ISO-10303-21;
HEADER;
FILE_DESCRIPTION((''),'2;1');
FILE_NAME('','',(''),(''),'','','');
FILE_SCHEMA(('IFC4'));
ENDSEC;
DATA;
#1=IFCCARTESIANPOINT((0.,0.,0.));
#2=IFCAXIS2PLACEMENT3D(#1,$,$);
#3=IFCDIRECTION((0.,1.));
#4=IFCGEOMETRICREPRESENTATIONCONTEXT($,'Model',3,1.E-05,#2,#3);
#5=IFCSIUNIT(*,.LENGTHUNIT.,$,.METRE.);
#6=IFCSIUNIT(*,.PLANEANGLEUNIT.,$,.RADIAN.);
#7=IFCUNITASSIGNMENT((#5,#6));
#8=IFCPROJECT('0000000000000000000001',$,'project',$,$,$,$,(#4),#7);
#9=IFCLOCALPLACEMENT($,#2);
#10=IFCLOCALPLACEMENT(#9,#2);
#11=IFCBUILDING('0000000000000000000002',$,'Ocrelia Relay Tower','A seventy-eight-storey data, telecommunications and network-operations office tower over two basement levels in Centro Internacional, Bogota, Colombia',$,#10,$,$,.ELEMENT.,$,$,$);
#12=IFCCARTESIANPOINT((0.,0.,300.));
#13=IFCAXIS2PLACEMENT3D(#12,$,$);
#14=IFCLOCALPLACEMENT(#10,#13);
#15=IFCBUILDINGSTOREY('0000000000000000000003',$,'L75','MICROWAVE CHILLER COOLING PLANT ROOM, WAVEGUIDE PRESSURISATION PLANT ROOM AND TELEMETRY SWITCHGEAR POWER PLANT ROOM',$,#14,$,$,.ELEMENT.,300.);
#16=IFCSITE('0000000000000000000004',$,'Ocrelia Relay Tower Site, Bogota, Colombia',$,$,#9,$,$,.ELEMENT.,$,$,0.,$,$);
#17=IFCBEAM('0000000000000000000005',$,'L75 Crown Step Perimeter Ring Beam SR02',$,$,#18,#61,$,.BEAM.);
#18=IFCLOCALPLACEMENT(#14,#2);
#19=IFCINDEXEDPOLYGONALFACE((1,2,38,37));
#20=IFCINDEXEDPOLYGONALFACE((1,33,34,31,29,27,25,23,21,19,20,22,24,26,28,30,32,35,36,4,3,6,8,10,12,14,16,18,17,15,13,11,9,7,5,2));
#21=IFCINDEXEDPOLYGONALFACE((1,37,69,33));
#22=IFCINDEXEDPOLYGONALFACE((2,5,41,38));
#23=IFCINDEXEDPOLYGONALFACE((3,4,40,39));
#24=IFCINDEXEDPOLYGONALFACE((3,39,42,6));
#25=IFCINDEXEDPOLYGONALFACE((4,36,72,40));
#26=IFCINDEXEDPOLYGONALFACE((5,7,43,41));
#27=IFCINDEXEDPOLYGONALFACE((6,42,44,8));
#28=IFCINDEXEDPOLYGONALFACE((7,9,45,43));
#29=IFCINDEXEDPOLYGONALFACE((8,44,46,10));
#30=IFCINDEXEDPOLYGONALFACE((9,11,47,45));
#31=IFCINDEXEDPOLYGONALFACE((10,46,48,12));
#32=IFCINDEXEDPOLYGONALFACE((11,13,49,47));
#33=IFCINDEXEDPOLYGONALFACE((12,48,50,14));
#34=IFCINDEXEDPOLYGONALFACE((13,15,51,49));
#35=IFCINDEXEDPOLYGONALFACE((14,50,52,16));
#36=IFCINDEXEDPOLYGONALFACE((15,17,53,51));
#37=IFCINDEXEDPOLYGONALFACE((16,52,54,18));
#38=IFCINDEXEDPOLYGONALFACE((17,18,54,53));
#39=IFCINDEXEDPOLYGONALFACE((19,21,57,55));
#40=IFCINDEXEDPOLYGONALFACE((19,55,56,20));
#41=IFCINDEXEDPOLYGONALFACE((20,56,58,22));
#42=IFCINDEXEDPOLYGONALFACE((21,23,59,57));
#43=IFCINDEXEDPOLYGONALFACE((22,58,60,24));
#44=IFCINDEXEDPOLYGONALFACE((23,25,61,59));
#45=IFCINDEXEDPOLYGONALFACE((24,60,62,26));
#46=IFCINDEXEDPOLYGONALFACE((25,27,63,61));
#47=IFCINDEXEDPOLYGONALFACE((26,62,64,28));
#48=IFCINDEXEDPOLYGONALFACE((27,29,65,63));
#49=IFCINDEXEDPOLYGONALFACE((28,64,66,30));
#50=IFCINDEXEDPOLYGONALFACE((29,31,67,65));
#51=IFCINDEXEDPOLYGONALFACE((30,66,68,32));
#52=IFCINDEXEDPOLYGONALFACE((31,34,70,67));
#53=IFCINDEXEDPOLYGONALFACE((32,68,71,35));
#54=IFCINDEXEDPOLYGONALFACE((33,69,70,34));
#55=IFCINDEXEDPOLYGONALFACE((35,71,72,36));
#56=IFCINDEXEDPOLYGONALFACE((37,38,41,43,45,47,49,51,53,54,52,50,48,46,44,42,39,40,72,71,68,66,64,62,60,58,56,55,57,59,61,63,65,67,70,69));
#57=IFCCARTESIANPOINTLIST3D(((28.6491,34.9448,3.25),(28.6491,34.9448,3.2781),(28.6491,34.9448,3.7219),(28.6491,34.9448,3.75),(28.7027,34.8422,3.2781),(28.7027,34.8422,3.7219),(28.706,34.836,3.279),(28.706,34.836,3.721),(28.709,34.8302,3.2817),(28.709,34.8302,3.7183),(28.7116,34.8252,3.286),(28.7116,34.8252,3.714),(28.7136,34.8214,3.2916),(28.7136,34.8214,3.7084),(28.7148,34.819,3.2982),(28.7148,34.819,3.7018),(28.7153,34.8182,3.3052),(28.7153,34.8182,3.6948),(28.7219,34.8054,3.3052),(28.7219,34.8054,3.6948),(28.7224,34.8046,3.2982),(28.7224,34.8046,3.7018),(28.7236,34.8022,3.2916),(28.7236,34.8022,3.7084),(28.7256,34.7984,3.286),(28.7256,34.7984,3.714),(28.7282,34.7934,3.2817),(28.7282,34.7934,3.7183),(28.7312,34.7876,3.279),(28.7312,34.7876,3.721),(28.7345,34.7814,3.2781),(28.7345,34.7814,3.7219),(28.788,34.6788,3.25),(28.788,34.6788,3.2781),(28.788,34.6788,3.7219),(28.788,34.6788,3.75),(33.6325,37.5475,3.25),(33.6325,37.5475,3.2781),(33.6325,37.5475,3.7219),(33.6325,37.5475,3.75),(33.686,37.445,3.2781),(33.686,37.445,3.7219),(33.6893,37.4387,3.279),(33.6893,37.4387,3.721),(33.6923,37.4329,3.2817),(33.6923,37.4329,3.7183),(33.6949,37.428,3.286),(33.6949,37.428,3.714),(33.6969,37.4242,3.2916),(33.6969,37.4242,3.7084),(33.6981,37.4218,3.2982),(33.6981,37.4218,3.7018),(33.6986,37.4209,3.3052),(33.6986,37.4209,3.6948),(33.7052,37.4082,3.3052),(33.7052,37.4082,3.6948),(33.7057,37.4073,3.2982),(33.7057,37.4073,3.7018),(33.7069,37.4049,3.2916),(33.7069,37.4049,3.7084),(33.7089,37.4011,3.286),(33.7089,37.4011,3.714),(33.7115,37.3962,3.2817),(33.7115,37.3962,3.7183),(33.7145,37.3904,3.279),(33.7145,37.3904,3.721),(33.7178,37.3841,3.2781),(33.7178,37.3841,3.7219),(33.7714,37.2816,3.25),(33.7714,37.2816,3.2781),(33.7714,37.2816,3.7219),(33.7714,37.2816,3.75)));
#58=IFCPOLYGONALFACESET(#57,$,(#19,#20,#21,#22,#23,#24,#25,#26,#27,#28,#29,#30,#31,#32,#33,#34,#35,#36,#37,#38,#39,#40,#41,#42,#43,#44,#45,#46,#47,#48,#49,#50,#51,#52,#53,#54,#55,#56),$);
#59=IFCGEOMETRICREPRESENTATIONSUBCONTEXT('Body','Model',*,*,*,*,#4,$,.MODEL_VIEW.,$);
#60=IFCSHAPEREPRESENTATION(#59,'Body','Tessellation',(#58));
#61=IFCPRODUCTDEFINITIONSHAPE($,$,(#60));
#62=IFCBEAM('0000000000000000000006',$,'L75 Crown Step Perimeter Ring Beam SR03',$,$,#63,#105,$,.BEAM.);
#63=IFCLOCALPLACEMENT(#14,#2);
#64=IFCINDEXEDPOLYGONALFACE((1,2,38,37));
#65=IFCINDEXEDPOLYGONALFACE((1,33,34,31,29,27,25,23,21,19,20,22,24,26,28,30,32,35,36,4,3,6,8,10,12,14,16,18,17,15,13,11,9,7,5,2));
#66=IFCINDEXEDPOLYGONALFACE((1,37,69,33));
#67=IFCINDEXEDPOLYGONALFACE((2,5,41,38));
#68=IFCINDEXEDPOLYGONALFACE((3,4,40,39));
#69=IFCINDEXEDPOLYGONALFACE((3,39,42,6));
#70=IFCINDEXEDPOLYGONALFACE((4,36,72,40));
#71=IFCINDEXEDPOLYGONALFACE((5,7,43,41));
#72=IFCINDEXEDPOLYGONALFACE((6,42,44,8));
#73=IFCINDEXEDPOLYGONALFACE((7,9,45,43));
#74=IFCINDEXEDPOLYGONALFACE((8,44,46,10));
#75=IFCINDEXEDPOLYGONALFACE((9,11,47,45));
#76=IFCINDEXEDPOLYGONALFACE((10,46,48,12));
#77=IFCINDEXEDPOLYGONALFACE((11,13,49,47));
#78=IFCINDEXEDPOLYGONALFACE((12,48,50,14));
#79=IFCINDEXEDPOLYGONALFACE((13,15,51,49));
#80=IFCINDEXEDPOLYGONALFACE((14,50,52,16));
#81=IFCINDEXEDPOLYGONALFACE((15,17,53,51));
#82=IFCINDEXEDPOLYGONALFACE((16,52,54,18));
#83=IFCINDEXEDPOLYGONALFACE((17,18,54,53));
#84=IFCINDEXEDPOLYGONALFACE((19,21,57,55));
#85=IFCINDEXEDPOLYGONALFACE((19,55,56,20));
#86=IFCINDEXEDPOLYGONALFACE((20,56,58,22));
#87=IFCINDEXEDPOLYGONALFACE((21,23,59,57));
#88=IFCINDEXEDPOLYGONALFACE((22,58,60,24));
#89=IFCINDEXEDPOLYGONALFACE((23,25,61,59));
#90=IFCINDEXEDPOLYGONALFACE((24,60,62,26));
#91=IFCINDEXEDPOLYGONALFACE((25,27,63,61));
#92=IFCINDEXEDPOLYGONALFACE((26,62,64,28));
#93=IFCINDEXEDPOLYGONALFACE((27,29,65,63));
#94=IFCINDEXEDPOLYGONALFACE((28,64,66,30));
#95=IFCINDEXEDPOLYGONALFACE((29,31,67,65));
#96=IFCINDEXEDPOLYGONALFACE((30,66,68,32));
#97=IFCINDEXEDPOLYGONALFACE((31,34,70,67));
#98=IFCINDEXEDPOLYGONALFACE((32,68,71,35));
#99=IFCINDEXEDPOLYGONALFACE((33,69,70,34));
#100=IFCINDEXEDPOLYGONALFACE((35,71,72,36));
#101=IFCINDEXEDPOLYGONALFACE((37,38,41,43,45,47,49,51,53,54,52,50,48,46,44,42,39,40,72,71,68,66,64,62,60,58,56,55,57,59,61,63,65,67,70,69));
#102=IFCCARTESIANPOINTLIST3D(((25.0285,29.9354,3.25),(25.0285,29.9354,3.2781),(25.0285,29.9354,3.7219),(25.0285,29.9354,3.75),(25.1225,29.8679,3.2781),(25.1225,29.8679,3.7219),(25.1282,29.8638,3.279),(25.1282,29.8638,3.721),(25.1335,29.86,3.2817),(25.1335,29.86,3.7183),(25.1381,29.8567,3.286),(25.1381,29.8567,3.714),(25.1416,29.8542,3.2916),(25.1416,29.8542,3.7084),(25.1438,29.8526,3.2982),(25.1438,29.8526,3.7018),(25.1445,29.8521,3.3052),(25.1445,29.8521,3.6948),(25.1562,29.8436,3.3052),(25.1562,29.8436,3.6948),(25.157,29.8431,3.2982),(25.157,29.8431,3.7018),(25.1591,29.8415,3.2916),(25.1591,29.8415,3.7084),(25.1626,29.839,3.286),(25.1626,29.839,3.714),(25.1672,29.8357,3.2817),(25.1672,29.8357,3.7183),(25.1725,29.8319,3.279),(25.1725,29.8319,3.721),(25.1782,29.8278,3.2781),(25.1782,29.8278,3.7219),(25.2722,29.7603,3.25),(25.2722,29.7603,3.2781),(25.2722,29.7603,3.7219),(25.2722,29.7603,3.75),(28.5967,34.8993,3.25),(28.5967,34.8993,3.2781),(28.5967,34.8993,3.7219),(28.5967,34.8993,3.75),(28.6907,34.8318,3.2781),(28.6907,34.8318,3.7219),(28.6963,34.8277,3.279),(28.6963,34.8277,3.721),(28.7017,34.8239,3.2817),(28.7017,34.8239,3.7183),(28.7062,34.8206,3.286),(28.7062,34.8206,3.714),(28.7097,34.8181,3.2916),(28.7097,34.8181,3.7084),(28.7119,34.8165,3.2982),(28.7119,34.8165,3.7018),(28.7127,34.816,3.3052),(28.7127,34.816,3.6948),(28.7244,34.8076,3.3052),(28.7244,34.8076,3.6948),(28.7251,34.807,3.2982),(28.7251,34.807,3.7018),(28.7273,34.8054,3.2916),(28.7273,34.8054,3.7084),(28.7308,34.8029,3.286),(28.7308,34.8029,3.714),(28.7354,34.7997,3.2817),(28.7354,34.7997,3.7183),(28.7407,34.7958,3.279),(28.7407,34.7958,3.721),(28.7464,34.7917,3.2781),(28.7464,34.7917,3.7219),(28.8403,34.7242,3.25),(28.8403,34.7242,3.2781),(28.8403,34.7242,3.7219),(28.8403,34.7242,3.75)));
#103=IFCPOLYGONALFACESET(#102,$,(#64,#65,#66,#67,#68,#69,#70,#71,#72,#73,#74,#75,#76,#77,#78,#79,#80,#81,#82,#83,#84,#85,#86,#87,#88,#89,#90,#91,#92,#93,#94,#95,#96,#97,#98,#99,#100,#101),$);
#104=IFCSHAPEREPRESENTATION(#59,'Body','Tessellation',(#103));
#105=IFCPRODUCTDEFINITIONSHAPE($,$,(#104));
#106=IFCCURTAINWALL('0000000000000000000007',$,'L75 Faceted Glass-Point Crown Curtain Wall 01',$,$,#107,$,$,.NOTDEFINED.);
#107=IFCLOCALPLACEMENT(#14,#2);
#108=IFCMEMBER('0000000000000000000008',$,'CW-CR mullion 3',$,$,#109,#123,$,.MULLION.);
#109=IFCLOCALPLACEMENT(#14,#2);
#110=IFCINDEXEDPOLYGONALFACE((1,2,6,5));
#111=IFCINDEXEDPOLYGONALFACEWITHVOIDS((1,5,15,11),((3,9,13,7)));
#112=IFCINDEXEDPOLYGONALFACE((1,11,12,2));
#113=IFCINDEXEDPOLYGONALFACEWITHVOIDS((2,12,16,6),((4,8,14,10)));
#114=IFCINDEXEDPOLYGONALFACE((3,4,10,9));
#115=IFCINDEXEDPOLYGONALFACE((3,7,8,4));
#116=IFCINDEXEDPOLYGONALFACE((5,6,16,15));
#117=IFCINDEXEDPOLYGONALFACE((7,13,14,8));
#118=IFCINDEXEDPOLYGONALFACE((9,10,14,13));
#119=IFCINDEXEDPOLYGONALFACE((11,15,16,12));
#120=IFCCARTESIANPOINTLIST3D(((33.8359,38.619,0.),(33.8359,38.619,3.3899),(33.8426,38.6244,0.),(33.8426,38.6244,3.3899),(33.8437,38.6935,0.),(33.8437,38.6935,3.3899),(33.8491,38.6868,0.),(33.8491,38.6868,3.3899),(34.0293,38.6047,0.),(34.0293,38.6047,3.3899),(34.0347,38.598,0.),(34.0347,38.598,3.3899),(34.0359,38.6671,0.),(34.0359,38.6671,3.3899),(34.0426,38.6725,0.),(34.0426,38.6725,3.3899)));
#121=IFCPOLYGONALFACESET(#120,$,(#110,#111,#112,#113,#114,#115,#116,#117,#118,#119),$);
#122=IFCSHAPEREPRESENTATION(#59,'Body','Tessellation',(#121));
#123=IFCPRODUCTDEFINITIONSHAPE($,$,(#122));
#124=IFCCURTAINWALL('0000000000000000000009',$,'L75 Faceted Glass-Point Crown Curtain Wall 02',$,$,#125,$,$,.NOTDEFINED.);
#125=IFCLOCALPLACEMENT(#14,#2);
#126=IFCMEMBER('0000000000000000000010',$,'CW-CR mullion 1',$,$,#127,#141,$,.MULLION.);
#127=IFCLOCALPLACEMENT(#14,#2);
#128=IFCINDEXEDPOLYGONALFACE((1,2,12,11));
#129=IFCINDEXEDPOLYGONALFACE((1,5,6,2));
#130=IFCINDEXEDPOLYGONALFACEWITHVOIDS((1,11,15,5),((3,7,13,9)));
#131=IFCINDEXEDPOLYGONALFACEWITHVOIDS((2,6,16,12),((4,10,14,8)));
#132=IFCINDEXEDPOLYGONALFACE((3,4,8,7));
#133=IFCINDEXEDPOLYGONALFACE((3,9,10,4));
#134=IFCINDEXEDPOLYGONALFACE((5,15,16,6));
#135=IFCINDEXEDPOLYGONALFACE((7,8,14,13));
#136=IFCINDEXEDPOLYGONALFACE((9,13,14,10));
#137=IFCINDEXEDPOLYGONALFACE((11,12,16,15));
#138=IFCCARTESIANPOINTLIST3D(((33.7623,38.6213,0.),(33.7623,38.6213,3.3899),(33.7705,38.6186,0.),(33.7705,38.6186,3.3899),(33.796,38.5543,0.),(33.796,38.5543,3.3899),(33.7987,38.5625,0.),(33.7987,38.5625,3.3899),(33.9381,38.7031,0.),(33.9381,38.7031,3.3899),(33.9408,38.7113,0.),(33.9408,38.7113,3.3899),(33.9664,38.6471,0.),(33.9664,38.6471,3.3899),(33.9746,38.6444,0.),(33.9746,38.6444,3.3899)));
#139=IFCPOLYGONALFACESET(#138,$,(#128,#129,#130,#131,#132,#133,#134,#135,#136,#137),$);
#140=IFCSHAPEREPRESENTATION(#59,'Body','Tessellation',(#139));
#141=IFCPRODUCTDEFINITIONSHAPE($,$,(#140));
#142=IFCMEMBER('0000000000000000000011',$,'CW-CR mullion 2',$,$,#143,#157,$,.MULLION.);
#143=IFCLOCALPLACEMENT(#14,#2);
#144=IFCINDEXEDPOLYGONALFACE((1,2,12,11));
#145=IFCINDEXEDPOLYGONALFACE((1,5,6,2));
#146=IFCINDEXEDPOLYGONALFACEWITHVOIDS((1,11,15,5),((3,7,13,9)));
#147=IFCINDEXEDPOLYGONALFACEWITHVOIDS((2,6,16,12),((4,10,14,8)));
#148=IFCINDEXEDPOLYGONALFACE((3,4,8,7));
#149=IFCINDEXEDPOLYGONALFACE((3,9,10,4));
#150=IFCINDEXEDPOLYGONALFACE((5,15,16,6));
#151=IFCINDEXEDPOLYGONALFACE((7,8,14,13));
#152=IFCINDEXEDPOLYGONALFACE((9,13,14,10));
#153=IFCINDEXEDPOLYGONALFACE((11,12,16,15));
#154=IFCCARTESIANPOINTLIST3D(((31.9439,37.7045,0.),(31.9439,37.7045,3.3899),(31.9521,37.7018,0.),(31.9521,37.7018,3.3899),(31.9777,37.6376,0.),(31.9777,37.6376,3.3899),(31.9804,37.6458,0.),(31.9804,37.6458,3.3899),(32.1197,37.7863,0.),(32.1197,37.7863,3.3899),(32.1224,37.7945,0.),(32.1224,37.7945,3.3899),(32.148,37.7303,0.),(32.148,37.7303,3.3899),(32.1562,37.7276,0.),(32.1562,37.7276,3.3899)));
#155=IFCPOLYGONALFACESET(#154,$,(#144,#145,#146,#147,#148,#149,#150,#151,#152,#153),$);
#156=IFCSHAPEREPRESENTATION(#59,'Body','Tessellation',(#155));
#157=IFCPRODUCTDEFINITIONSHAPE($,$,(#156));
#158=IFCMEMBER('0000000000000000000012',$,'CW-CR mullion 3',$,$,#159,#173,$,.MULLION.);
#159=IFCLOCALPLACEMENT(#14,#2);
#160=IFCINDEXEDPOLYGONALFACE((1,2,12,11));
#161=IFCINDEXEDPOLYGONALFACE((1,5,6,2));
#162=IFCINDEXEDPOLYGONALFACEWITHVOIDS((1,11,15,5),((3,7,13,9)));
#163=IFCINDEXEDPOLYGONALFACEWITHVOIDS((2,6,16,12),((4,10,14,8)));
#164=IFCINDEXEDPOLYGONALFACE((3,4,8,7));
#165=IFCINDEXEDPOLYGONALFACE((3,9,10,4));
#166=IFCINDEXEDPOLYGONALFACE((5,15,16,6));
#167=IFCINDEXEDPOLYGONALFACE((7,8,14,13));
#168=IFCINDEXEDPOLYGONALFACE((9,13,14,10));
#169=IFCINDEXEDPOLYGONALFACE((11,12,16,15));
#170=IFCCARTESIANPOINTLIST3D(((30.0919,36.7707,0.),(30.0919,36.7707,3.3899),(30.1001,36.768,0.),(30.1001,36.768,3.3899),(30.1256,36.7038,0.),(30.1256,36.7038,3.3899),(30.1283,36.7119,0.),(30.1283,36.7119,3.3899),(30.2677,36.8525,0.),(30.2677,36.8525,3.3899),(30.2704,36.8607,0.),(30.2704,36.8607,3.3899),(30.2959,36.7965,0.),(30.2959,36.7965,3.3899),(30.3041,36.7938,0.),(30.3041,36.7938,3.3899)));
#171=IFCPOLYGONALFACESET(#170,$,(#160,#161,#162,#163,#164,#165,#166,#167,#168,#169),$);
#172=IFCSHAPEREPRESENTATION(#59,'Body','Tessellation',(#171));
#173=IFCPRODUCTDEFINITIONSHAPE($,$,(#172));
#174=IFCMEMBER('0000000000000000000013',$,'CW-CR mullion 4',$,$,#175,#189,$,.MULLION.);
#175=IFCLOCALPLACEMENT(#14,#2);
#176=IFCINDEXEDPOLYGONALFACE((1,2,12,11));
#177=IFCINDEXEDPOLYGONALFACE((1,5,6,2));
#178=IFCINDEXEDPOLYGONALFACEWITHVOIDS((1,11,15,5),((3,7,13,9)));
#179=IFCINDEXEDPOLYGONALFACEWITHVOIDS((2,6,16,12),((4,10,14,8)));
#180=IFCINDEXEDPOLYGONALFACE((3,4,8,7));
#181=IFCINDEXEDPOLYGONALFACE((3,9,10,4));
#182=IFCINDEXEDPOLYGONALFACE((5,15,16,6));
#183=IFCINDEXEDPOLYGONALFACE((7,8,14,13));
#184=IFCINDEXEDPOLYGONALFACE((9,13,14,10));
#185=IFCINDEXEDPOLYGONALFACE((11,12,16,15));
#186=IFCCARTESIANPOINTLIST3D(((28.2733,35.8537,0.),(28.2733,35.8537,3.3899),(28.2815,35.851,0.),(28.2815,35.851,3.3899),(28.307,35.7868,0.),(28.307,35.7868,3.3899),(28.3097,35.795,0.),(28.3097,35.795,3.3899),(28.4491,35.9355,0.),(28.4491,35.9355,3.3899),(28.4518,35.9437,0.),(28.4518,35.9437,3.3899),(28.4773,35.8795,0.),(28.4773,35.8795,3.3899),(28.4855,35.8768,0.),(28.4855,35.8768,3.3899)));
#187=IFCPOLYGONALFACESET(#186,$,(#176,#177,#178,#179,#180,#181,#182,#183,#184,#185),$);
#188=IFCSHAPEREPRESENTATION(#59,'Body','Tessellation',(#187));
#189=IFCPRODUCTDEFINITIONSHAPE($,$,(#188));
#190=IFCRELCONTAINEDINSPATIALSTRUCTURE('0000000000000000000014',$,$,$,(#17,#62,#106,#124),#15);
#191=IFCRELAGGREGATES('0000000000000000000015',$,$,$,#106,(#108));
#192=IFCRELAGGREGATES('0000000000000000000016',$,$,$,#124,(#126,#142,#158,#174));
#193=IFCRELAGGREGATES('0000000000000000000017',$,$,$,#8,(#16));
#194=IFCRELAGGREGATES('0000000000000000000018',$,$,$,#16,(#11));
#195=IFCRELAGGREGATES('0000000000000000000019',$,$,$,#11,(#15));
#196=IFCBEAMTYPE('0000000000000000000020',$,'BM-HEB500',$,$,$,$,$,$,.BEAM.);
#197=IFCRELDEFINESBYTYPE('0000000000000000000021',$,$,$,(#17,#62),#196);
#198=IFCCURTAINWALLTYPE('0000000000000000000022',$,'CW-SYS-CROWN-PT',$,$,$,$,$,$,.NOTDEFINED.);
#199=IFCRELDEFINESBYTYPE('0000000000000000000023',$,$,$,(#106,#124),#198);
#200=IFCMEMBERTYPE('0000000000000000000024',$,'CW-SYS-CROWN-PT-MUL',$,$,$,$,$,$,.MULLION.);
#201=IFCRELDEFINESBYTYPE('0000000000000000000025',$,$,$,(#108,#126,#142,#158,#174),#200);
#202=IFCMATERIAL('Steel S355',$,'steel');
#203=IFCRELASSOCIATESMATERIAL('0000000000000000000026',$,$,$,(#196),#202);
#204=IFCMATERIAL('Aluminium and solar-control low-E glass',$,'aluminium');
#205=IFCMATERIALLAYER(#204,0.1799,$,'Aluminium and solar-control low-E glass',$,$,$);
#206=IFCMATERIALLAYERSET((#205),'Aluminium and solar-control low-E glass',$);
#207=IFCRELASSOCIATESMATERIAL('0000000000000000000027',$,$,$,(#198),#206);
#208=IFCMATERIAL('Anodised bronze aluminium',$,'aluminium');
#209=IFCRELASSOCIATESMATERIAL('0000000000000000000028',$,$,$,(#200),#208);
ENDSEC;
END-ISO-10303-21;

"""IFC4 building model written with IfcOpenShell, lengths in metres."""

from ifc_helpers import new_model, si_unit, direction, frame, origin, origin_2d, place, context, subcontext, project, spatial, hollow_rectangle, i_section, extrude, material, layer, layer_set, material_profile, profile_set, type_object, element, aggregate, save


model = new_model("IFC4")

# Units and contexts
model_context = context("Model", 3, precision=1e-05, world=origin(), true_north=direction((0.0, 1.0)))
body_context = subcontext(model_context, "Body", "Model", "MODEL_VIEW")
ifc_project = project(units=[si_unit("LENGTHUNIT", "METRE"), si_unit("PLANEANGLEUNIT", "RADIAN")], contexts=[model_context])

# Site, building, storey
site_placement = place(None, origin())
site = spatial("IfcSite", under=ifc_project, at=site_placement, Name="Ocrelia Relay Tower Site, Bogota, Colombia", CompositionType="ELEMENT", RefElevation=0.0)
building_placement = place(site_placement, origin())
building = spatial("IfcBuilding", under=site, at=building_placement, Name="Ocrelia Relay Tower", Description="A seventy-eight-storey data, telecommunications and network-operations office tower over two basement levels in Centro Internacional, Bogota, Colombia", CompositionType="ELEMENT")
storey_placement = place(building_placement, frame((0.0, 0.0, 300.0)))
storey = spatial("IfcBuildingStorey", under=building, at=storey_placement, Name="L75", Description="MICROWAVE CHILLER COOLING PLANT ROOM, WAVEGUIDE PRESSURISATION PLANT ROOM AND TELEMETRY SWITCHGEAR POWER PLANT ROOM", CompositionType="ELEMENT", Elevation=300.0)

# Beams
ifc_material_1 = material(Name="Steel S355", Category="steel")
ifc_material_profile_1 = material_profile(ifc_material_1, i_section(OverallWidth=0.3, OverallDepth=0.5, WebThickness=0.0144, FlangeThickness=0.0281, FilletRadius=0.0271, at=origin_2d()), Name="HEB 500")
ifc_profile_set_1 = profile_set([ifc_material_profile_1], Name="Steel S355")
beam_type_1 = type_object("IfcBeamType", Name="BM-HEB500", PredefinedType="BEAM", material=ifc_profile_set_1)
beam_1_placement = place(storey_placement, frame((33.7019, 37.4146, 3.5), z_axis=(-0.886384, -0.46295, 0.0), x_axis=(0.46295, -0.886384, 0.0)))
element("IfcBeam", 1, at=beam_1_placement, inside=storey, type_object=beam_type_1, Name="L75 Crown Step Perimeter Ring Beam SR02", PredefinedType="BEAM", context=body_context, shape_type="SweptSolid", body=[
    extrude(i_section(OverallWidth=0.3, OverallDepth=0.5, WebThickness=0.0144, FlangeThickness=0.0281, FilletRadius=0.0271, at=origin_2d()), origin(), (0.0, 0.0, 1.0), 5.6221),
])
beam_2_placement = place(storey_placement, frame((28.7185, 34.8118, 3.5), z_axis=(-0.583672, -0.811989, 0.0), x_axis=(0.811989, -0.583672, 0.0)))
element("IfcBeam", 2, at=beam_2_placement, inside=storey, type_object=beam_type_1, Name="L75 Crown Step Perimeter Ring Beam SR03", PredefinedType="BEAM", context=body_context, shape_type="SweptSolid", body=[
    extrude(i_section(OverallWidth=0.3, OverallDepth=0.5, WebThickness=0.0144, FlangeThickness=0.0281, FilletRadius=0.0271, at=origin_2d()), origin(), (0.0, 0.0, 1.0), 6.1133),
])

# Curtain wall, member
ifc_material_2 = material(Name="Aluminium and solar-control low-E glass", Category="aluminium")
ifc_layer_1 = layer(ifc_material_2, 0.1799, Name="Aluminium and solar-control low-E glass")
ifc_layer_set_1 = layer_set([ifc_layer_1], Name="Aluminium and solar-control low-E glass")
curtain_wall_type = type_object("IfcCurtainWallType", Name="CW-SYS-CROWN-PT", PredefinedType="NOTDEFINED", material=ifc_layer_set_1)
curtain_wall_1_placement = place(storey_placement, origin())
curtain_wall_1 = element("IfcCurtainWall", 3, at=curtain_wall_1_placement, inside=storey, type_object=curtain_wall_type, Name="L75 Faceted Glass-Point Crown Curtain Wall 01", PredefinedType="NOTDEFINED")
ifc_material_3 = material(Name="Anodised bronze aluminium", Category="aluminium")
ifc_material_profile_2 = material_profile(ifc_material_3, hollow_rectangle(XDim=0.075, YDim=0.2, WallThickness=0.0061, at=origin_2d()), Name="CW-MUL-200x75")
ifc_profile_set_2 = profile_set([ifc_material_profile_2], Name="Anodised bronze aluminium")
member_type_1 = type_object("IfcMemberType", Name="CW-SYS-CROWN-PT-MUL", PredefinedType="MULLION", material=ifc_profile_set_2)
member_1_placement = place(storey_placement, frame((33.9392, 38.6458, 0.0), z_axis=(0.0, 0.0, 1.0), x_axis=(-0.104755, -0.994498, 0.0)))
member_1 = element("IfcMember", 4, at=member_1_placement, type_object=member_type_1, Name="CW-CR mullion 3", PredefinedType="MULLION", context=body_context, shape_type="SweptSolid", body=[
    extrude(hollow_rectangle(XDim=0.075, YDim=0.2, WallThickness=0.0061, at=origin_2d()), origin(), (0.0, 0.0, 1.0), 3.3899),
])
aggregate(curtain_wall_1, [member_1])

# Curtain wall, members
curtain_wall_2_placement = place(storey_placement, origin())
curtain_wall_2 = element("IfcCurtainWall", 5, at=curtain_wall_2_placement, inside=storey, type_object=curtain_wall_type, Name="L75 Faceted Glass-Point Crown Curtain Wall 02", PredefinedType="NOTDEFINED")
member_2_placement = place(storey_placement, frame((33.8684, 38.6328, 0.0), z_axis=(0.0, 0.0, 1.0), x_axis=(0.450232, -0.892911, 0.0)))
member_2 = element("IfcMember", 6, at=member_2_placement, type_object=member_type_1, Name="CW-CR mullion 1", PredefinedType="MULLION", context=body_context, shape_type="SweptSolid", body=[
    extrude(hollow_rectangle(XDim=0.075, YDim=0.2, WallThickness=0.0061, at=origin_2d()), origin(), (0.0, 0.0, 1.0), 3.3899),
])
member_3_placement = place(storey_placement, frame((32.05, 37.7161, 0.0), z_axis=(0.0, 0.0, 1.0), x_axis=(0.450232, -0.892911, 0.0)))
member_3 = element("IfcMember", 7, at=member_3_placement, type_object=member_type_1, Name="CW-CR mullion 2", PredefinedType="MULLION", context=body_context, shape_type="SweptSolid", body=[
    extrude(hollow_rectangle(XDim=0.075, YDim=0.2, WallThickness=0.0061, at=origin_2d()), origin(), (0.0, 0.0, 1.0), 3.3899),
])
member_4_placement = place(storey_placement, frame((30.198, 36.7822, 0.0), z_axis=(0.0, 0.0, 1.0), x_axis=(0.450232, -0.892911, 0.0)))
member_4 = element("IfcMember", 8, at=member_4_placement, type_object=member_type_1, Name="CW-CR mullion 3", PredefinedType="MULLION", context=body_context, shape_type="SweptSolid", body=[
    extrude(hollow_rectangle(XDim=0.075, YDim=0.2, WallThickness=0.0061, at=origin_2d()), origin(), (0.0, 0.0, 1.0), 3.3899),
])
member_5_placement = place(storey_placement, frame((28.3794, 35.8652, 0.0), z_axis=(0.0, 0.0, 1.0), x_axis=(0.450232, -0.892911, 0.0)))
member_5 = element("IfcMember", 9, at=member_5_placement, type_object=member_type_1, Name="CW-CR mullion 4", PredefinedType="MULLION", context=body_context, shape_type="SweptSolid", body=[
    extrude(hollow_rectangle(XDim=0.075, YDim=0.2, WallThickness=0.0061, at=origin_2d()), origin(), (0.0, 0.0, 1.0), 3.3899),
])

aggregate(curtain_wall_2, [member_2, member_3, member_4, member_5])

save(model, "model.ifc")
